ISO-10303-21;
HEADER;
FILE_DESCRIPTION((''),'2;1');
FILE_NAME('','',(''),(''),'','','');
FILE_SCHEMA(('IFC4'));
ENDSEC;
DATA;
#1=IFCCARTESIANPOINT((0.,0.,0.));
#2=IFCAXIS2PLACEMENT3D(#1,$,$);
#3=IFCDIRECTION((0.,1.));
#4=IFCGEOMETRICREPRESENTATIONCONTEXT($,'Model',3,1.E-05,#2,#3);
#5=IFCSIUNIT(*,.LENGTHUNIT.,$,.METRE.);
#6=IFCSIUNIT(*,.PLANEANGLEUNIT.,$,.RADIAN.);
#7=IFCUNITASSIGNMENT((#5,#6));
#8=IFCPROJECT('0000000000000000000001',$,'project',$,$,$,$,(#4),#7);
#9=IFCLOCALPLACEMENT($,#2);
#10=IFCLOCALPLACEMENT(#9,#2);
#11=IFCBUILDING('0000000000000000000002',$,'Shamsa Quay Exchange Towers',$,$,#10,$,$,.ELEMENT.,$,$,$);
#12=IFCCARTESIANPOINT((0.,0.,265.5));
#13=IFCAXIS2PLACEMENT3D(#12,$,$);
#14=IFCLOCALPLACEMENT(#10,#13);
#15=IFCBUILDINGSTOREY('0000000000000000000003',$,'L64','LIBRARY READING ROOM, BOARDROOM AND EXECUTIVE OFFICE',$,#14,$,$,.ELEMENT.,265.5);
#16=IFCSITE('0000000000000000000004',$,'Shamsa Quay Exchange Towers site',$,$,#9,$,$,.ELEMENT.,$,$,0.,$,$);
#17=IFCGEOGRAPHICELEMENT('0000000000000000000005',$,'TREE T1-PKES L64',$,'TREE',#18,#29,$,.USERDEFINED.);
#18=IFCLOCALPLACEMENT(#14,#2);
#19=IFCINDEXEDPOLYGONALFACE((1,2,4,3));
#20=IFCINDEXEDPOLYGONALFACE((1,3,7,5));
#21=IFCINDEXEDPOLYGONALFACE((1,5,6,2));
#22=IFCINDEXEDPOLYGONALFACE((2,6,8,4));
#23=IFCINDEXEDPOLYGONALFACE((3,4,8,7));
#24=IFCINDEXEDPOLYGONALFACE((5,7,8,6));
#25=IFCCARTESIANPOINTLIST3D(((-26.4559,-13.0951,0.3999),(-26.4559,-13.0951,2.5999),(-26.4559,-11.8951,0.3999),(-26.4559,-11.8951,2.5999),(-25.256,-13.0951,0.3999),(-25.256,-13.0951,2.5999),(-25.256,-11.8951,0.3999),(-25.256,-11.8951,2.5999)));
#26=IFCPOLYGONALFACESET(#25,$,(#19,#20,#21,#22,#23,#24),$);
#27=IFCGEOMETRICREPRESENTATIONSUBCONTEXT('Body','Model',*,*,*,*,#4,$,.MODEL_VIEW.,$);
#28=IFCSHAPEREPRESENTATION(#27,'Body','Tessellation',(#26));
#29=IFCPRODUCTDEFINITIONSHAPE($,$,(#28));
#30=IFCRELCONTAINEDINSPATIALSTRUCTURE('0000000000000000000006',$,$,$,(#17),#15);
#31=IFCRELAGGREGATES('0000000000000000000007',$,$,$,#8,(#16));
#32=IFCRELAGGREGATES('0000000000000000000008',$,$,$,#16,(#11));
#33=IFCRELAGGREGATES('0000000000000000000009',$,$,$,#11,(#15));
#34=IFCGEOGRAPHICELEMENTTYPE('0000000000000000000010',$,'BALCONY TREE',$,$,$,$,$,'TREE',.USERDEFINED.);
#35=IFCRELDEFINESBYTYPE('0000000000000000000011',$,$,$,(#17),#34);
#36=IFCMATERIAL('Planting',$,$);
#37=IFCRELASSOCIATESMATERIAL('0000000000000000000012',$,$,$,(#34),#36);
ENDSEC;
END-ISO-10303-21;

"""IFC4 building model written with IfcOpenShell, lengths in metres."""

from ifc_helpers import new_model, si_unit, direction, frame, origin, origin_2d, place, context, subcontext, project, spatial, rectangle, extrude, material, type_object, element, save


model = new_model("IFC4")

# Units and contexts
model_context = context("Model", 3, precision=1e-05, world=origin(), true_north=direction((0.0, 1.0)))
body_context = subcontext(model_context, "Body", "Model", "MODEL_VIEW")
ifc_project = project(units=[si_unit("LENGTHUNIT", "METRE"), si_unit("PLANEANGLEUNIT", "RADIAN")], contexts=[model_context])

# Site, building, storey
site_placement = place(None, origin())
site = spatial("IfcSite", under=ifc_project, at=site_placement, Name="Shamsa Quay Exchange Towers site", CompositionType="ELEMENT", RefElevation=0.0)
building_placement = place(site_placement, origin())
building = spatial("IfcBuilding", under=site, at=building_placement, Name="Shamsa Quay Exchange Towers", CompositionType="ELEMENT")
storey_placement = place(building_placement, frame((0.0, 0.0, 265.5)))
storey = spatial("IfcBuildingStorey", under=building, at=storey_placement, Name="L64", Description="LIBRARY READING ROOM, BOARDROOM AND EXECUTIVE OFFICE", CompositionType="ELEMENT", Elevation=265.5)

# Geographic element
ifc_material_1 = material(Name="Planting")
geographic_element_type = type_object("IfcGeographicElementType", Name="BALCONY TREE", ElementType="TREE", PredefinedType="USERDEFINED", material=ifc_material_1)
geographic_element_placement = place(storey_placement, frame((-25.856, -12.4951, 0.3999)))
element("IfcGeographicElement", 1, at=geographic_element_placement, inside=storey, type_object=geographic_element_type, Name="TREE T1-PKES L64", ObjectType="TREE", PredefinedType="USERDEFINED", context=body_context, shape_type="SweptSolid", body=[
    extrude(rectangle(XDim=1.2, YDim=1.2, at=origin_2d()), origin(), (0.0, 0.0, 1.0), 2.2),
])

save(model, "model.ifc")
